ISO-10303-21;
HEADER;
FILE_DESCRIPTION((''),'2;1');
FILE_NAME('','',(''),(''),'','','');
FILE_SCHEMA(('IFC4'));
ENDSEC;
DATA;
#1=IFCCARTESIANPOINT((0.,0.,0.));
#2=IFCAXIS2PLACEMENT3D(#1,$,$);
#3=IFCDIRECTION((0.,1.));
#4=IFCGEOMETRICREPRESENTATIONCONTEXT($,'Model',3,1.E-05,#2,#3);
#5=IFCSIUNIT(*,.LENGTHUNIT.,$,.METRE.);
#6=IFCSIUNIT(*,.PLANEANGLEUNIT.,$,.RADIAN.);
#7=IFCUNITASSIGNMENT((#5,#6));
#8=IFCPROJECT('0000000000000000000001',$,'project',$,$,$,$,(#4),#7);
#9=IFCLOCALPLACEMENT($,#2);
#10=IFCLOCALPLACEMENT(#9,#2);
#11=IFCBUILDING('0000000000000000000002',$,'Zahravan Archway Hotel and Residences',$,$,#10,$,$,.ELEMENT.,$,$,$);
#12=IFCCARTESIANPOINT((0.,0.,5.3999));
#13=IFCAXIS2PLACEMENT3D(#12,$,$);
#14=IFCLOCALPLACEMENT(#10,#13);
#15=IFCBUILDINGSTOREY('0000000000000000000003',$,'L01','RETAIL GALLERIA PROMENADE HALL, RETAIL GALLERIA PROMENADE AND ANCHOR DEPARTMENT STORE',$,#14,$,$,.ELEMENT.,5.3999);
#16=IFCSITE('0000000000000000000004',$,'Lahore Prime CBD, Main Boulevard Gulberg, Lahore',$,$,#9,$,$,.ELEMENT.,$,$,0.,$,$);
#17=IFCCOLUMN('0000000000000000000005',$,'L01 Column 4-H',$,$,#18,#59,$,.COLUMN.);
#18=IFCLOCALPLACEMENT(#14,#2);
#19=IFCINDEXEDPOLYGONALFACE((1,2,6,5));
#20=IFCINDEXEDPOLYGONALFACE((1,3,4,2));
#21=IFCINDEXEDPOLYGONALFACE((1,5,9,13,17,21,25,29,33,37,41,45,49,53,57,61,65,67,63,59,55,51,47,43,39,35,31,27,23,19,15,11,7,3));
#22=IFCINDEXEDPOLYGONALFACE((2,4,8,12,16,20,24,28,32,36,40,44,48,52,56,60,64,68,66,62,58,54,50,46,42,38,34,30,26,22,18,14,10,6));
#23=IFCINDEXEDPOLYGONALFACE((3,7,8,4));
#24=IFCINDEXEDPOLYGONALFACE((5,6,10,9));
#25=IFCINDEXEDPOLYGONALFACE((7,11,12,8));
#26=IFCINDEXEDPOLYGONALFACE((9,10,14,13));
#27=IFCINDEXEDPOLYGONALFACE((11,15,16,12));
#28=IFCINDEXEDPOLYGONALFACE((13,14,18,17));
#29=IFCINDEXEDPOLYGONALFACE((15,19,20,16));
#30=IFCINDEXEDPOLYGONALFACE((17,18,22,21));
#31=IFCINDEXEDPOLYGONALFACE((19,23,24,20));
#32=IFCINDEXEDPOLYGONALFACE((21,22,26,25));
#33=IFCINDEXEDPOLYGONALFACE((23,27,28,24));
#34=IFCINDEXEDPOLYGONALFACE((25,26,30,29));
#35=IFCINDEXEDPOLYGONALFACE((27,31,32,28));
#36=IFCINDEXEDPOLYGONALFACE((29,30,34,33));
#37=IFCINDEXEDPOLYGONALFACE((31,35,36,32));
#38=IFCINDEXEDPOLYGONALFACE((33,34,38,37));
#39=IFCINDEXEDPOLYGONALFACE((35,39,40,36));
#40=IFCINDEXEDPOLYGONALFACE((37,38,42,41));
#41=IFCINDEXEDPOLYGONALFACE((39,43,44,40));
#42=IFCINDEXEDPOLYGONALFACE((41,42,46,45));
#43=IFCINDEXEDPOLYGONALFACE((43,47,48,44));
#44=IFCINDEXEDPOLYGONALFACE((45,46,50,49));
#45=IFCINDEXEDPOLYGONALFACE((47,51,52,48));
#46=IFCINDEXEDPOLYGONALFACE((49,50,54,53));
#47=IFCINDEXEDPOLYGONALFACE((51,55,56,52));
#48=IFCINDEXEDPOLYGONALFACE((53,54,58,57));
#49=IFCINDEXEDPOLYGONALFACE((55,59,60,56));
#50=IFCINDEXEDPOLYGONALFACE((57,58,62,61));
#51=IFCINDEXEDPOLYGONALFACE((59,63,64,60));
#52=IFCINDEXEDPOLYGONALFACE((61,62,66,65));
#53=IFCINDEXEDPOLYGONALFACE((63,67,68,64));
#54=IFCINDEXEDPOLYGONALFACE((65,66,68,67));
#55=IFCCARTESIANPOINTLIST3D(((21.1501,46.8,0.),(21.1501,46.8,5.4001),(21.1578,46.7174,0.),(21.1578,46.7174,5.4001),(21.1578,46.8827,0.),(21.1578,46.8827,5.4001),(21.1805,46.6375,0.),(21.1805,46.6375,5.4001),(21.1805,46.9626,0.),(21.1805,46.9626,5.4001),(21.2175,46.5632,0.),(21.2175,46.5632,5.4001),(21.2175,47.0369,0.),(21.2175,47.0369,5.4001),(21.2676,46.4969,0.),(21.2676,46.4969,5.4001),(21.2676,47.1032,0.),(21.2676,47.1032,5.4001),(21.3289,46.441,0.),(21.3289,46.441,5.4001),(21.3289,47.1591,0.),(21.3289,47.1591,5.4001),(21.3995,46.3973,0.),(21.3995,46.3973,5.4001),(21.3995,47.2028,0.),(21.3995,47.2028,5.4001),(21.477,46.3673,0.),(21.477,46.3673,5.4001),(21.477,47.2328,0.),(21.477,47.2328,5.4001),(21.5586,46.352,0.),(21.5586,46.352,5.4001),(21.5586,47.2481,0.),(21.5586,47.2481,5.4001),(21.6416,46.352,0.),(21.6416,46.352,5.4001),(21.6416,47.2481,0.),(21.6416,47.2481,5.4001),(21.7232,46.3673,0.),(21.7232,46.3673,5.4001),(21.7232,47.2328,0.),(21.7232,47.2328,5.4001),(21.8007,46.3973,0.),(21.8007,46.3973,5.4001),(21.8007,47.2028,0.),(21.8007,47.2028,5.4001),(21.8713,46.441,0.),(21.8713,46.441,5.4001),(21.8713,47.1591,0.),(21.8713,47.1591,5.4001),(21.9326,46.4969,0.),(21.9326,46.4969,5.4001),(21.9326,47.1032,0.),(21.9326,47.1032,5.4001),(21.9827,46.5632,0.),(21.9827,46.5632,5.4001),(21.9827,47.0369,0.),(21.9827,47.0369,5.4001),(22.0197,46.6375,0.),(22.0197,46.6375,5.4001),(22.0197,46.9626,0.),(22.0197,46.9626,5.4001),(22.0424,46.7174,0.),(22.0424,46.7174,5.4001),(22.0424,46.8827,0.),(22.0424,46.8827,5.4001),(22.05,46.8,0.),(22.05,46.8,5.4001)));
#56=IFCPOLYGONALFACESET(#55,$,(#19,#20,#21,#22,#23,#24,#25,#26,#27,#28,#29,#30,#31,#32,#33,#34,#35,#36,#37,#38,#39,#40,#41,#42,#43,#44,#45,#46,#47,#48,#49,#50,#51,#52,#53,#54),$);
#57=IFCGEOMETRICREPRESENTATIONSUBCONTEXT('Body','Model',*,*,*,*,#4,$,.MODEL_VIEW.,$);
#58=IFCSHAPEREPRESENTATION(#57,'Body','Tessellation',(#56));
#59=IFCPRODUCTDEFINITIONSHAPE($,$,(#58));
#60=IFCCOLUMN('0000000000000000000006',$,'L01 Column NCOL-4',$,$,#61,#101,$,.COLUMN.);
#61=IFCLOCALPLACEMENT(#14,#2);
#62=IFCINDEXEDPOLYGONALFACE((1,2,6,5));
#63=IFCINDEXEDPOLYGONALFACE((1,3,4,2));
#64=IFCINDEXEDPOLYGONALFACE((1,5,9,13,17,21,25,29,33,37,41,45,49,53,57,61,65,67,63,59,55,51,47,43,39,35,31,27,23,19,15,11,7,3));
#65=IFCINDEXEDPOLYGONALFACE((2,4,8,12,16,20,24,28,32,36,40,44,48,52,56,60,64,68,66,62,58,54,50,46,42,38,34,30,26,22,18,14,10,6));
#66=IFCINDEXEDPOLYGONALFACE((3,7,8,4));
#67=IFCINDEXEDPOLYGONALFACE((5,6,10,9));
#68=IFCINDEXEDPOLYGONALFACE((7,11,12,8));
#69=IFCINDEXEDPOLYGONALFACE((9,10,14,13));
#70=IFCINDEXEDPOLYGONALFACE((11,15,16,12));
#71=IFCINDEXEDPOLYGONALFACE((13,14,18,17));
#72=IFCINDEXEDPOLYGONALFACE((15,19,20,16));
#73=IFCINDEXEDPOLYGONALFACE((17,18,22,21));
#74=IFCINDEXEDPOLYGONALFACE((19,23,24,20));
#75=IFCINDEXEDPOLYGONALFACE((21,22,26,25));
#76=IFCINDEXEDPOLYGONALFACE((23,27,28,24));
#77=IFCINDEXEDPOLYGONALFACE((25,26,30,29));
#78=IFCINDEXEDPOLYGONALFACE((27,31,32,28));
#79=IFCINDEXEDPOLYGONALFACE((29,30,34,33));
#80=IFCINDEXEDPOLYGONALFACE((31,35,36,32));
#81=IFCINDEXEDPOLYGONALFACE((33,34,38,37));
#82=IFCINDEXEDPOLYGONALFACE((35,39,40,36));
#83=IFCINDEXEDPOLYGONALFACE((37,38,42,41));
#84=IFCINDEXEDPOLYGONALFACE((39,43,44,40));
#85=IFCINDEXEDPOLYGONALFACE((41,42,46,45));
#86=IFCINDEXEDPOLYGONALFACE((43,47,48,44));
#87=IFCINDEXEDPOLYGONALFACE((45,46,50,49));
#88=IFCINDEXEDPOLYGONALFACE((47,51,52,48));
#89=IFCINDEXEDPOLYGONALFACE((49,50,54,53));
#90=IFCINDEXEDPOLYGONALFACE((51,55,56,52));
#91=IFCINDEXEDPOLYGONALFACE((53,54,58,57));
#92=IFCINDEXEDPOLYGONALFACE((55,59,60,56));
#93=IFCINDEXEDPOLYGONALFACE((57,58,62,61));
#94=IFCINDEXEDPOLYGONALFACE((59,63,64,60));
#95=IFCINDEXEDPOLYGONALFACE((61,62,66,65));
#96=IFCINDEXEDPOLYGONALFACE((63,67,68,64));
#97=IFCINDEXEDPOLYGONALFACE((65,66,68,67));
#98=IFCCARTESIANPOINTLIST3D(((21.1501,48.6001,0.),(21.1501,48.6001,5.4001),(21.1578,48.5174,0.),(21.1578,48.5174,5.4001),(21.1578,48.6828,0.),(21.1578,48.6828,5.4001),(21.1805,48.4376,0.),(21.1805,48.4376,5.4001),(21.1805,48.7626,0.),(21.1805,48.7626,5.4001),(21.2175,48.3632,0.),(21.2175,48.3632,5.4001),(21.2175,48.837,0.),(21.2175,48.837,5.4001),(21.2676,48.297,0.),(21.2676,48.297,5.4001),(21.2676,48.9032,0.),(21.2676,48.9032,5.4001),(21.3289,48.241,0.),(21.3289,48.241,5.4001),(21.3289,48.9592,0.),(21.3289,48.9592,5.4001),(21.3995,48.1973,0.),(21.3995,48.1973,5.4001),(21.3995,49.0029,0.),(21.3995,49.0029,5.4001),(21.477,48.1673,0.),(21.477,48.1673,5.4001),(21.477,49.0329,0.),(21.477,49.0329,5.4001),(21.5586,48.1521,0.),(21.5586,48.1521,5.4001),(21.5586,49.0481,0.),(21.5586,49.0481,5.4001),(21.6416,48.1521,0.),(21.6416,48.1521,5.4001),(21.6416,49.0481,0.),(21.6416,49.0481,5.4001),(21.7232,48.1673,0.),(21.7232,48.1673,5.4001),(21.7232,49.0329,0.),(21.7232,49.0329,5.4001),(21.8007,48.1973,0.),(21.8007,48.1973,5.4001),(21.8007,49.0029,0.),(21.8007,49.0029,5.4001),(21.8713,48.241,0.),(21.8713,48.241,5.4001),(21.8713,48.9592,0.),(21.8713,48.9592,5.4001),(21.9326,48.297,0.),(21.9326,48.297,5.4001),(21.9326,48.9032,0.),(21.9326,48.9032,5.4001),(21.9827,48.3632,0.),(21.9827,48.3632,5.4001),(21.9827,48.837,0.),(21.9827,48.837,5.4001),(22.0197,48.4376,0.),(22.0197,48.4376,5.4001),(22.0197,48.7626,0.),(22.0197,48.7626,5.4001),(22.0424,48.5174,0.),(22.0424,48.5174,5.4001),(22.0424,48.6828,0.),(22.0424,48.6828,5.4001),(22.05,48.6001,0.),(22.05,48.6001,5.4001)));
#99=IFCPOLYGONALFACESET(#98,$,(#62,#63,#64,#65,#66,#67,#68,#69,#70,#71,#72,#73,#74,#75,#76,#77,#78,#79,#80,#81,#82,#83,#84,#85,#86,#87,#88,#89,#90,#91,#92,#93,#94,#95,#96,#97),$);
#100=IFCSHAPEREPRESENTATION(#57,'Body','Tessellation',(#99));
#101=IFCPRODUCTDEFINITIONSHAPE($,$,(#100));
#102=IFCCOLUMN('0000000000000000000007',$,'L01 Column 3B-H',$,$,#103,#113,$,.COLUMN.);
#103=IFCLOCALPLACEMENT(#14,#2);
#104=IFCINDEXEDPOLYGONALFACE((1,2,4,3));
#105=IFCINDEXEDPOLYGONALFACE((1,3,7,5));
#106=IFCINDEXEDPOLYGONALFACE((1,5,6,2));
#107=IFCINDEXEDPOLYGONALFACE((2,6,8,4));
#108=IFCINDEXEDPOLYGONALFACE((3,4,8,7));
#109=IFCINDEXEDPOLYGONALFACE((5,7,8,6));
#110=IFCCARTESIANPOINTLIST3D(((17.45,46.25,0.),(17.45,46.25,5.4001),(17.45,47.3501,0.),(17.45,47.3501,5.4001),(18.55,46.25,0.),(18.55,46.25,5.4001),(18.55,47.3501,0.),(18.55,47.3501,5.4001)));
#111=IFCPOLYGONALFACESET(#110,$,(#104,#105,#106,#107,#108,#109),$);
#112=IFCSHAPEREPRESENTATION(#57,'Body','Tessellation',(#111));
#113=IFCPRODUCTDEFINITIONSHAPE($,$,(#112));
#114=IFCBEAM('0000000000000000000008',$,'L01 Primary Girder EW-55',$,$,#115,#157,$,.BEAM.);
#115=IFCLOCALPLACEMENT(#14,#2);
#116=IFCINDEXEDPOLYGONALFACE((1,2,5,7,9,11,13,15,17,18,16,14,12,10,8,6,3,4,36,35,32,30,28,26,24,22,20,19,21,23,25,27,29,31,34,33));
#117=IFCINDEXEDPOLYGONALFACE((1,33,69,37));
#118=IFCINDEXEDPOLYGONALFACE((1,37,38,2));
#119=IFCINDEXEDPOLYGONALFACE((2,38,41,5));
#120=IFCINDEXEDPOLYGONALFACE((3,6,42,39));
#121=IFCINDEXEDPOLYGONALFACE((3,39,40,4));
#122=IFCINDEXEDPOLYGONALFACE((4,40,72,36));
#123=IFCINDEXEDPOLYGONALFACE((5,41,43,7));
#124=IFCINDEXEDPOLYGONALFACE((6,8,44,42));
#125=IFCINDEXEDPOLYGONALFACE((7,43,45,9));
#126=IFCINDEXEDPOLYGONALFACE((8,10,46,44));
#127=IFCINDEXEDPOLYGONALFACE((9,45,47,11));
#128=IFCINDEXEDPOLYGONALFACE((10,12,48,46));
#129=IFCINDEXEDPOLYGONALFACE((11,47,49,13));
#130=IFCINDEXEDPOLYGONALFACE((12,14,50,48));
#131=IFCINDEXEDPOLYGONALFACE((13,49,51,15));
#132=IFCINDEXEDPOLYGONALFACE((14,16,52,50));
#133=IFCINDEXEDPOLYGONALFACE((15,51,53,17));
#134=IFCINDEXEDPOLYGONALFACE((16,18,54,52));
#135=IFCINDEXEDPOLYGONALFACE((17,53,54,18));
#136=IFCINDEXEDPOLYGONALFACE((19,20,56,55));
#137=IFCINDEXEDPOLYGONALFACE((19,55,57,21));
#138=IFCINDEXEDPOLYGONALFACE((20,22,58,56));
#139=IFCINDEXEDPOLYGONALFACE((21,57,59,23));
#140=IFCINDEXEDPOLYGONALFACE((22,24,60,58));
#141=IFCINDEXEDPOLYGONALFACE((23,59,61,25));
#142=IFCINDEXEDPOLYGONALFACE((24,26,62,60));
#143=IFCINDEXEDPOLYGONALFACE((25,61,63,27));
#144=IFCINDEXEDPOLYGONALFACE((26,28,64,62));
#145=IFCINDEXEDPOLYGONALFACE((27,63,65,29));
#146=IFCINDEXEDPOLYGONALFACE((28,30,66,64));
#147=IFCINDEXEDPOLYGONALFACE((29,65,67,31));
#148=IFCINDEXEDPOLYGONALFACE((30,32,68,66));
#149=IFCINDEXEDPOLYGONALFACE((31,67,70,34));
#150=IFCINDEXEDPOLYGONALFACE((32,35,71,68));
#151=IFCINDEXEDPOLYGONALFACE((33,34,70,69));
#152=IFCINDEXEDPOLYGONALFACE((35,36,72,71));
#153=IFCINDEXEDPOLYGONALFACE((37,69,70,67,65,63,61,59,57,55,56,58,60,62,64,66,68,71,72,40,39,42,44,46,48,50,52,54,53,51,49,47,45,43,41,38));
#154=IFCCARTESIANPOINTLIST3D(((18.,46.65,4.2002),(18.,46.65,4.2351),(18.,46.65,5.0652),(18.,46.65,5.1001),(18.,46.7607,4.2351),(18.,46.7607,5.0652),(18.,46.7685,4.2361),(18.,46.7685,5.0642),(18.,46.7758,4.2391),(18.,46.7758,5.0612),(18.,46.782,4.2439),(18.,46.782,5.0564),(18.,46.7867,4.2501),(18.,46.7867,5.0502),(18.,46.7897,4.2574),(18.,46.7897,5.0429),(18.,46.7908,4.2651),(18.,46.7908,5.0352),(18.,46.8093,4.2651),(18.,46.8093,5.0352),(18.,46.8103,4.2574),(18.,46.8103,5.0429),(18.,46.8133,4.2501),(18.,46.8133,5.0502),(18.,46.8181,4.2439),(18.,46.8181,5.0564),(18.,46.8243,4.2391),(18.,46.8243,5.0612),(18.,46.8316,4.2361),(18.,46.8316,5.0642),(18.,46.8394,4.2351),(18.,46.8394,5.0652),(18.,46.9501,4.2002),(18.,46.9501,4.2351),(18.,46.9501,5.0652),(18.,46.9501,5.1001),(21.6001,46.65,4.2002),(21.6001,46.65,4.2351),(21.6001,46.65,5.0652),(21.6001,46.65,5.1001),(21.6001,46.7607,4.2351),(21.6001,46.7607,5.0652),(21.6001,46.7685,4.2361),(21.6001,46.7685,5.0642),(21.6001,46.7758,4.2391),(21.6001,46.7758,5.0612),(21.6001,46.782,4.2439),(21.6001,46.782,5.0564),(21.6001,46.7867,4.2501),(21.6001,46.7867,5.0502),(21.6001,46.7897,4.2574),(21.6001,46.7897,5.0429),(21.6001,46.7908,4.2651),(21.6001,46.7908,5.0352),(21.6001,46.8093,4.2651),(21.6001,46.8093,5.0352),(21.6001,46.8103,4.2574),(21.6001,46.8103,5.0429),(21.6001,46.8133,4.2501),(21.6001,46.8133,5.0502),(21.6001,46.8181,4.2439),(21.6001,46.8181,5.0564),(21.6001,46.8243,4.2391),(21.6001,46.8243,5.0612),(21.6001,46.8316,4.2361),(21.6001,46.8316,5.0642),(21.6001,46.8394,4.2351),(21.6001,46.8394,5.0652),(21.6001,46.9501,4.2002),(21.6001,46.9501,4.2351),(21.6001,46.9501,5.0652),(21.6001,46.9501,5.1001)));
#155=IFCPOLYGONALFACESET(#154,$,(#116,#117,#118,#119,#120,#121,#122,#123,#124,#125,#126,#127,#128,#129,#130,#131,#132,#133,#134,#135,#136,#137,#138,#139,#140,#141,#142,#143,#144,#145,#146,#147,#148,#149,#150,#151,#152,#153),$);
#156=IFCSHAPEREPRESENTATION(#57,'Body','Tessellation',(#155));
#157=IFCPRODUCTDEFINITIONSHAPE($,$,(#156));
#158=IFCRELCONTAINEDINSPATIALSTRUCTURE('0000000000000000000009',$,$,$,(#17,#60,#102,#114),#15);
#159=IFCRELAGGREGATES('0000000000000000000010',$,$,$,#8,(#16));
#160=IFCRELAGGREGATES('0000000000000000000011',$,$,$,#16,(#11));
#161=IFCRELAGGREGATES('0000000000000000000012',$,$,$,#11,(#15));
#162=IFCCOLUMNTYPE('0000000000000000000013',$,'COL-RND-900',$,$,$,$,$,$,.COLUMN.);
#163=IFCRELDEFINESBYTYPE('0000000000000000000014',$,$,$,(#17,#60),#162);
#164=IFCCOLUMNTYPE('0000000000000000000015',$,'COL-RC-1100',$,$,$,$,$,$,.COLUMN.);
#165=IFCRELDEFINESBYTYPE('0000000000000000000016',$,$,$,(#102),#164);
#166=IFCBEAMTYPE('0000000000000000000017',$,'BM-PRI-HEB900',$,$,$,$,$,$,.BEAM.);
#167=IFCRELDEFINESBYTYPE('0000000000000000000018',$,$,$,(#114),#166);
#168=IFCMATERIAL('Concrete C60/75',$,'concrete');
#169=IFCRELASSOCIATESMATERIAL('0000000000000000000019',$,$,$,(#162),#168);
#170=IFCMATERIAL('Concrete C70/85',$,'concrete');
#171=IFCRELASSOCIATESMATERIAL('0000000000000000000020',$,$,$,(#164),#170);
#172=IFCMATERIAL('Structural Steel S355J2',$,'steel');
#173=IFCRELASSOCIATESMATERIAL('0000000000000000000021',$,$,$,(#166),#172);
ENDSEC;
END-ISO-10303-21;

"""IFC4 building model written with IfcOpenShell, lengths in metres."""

from ifc_helpers import new_model, si_unit, direction, frame, origin, origin_2d, place, context, subcontext, project, spatial, rectangle, circle, i_section, extrude, source, transform, mapped, material, material_profile, profile_set, type_object, element, save


model = new_model("IFC4")

# Units and contexts
model_context = context("Model", 3, precision=1e-05, world=origin(), true_north=direction((0.0, 1.0)))
body_context = subcontext(model_context, "Body", "Model", "MODEL_VIEW")
ifc_project = project(units=[si_unit("LENGTHUNIT", "METRE"), si_unit("PLANEANGLEUNIT", "RADIAN")], contexts=[model_context])

# Site, building, storey
site_placement = place(None, origin())
site = spatial("IfcSite", under=ifc_project, at=site_placement, Name="Lahore Prime CBD, Main Boulevard Gulberg, Lahore", CompositionType="ELEMENT", RefElevation=0.0)
building_placement = place(site_placement, origin())
building = spatial("IfcBuilding", under=site, at=building_placement, Name="Zahravan Archway Hotel and Residences", CompositionType="ELEMENT")
storey_placement = place(building_placement, frame((0.0, 0.0, 5.3999)))
storey = spatial("IfcBuildingStorey", under=building, at=storey_placement, Name="L01", Description="RETAIL GALLERIA PROMENADE HALL, RETAIL GALLERIA PROMENADE AND ANCHOR DEPARTMENT STORE", CompositionType="ELEMENT", Elevation=5.3999)

# Columns
ifc_material_1 = material(Name="Concrete C60/75", Category="concrete")
ifc_material_profile_1 = material_profile(ifc_material_1, circle(Radius=0.45, at=origin_2d()), Name="RC-CIRC-900", Category="concrete")
ifc_profile_set_1 = profile_set([ifc_material_profile_1], Name="Concrete C60/75")
column_type_1 = type_object("IfcColumnType", Name="COL-RND-900", PredefinedType="COLUMN", material=ifc_profile_set_1)
shared_shape_1 = source(origin(), body_context, "Body", "SweptSolid", [
    extrude(circle(Radius=0.45, at=origin_2d()), origin(), (0.0, 0.0, 1.0), 5.4001),
])
for number, where, z_axis, x_axis, name in (
    (1, (21.6001, 46.8, 0.0), (0.0, 0.0, 1.0), (1.0, 0.0, 0.0), "L01 Column 4-H"),
    (2, (21.6001, 48.6001, 0.0), (0.0, 0.0, 1.0), (1.0, 0.0, 0.0), "L01 Column NCOL-4"),
):
    element("IfcColumn", number, at=place(storey_placement, frame(where, z_axis=z_axis, x_axis=x_axis)), inside=storey, type_object=column_type_1, Name=name, PredefinedType="COLUMN", context=body_context, shape_type="MappedRepresentation", body=[
        mapped(shared_shape_1, transform((0.0, 0.0, 0.0), scale=1.0)),
    ])
ifc_material_2 = material(Name="Concrete C70/85", Category="concrete")
ifc_material_profile_2 = material_profile(ifc_material_2, rectangle(XDim=1.1001, YDim=1.1001, at=origin_2d()), Name="RC 1100x1100", Category="concrete")
ifc_profile_set_2 = profile_set([ifc_material_profile_2], Name="Concrete C70/85")
column_type_2 = type_object("IfcColumnType", Name="COL-RC-1100", PredefinedType="COLUMN", material=ifc_profile_set_2)
shared_shape_2 = source(origin(), body_context, "Body", "SweptSolid", [
    extrude(rectangle(XDim=1.1001, YDim=1.1001, at=origin_2d()), origin(), (0.0, 0.0, 1.0), 5.4001),
])
column_placement = place(storey_placement, frame((18.0, 46.8, 0.0), z_axis=(0.0, 0.0, 1.0), x_axis=(1.0, 0.0, 0.0)))
element("IfcColumn", 3, at=column_placement, inside=storey, type_object=column_type_2, Name="L01 Column 3B-H", PredefinedType="COLUMN", context=body_context, shape_type="MappedRepresentation", body=[
    mapped(shared_shape_2, transform((0.0, 0.0, 0.0), scale=1.0)),
])

# Beam
ifc_material_3 = material(Name="Structural Steel S355J2", Category="steel")
ifc_material_profile_3 = material_profile(ifc_material_3, i_section(OverallWidth=0.3, OverallDepth=0.8999, WebThickness=0.0186, FlangeThickness=0.0349, FilletRadius=0.03, at=origin_2d()), Name="HEB 900", Category="steel")
ifc_profile_set_3 = profile_set([ifc_material_profile_3], Name="Structural Steel S355J2")
beam_type_1 = type_object("IfcBeamType", Name="BM-PRI-HEB900", PredefinedType="BEAM", material=ifc_profile_set_3)
shared_shape_3 = source(origin(), body_context, "Body", "SweptSolid", [
    extrude(i_section(OverallWidth=0.3, OverallDepth=0.8999, WebThickness=0.0186, FlangeThickness=0.0349, FilletRadius=0.03, at=origin_2d()), origin(), (0.0, 0.0, 1.0), 3.6001),
])
beam_1_placement = place(storey_placement, frame((18.0, 46.8, 4.6501), z_axis=(1.0, 0.0, 0.0), x_axis=(0.0, 1.0, 0.0)))
element("IfcBeam", 4, at=beam_1_placement, inside=storey, type_object=beam_type_1, Name="L01 Primary Girder EW-55", PredefinedType="BEAM", context=body_context, shape_type="MappedRepresentation", body=[
    mapped(shared_shape_3, transform((0.0, 0.0, 0.0), scale=1.0)),
])

save(model, "model.ifc")
